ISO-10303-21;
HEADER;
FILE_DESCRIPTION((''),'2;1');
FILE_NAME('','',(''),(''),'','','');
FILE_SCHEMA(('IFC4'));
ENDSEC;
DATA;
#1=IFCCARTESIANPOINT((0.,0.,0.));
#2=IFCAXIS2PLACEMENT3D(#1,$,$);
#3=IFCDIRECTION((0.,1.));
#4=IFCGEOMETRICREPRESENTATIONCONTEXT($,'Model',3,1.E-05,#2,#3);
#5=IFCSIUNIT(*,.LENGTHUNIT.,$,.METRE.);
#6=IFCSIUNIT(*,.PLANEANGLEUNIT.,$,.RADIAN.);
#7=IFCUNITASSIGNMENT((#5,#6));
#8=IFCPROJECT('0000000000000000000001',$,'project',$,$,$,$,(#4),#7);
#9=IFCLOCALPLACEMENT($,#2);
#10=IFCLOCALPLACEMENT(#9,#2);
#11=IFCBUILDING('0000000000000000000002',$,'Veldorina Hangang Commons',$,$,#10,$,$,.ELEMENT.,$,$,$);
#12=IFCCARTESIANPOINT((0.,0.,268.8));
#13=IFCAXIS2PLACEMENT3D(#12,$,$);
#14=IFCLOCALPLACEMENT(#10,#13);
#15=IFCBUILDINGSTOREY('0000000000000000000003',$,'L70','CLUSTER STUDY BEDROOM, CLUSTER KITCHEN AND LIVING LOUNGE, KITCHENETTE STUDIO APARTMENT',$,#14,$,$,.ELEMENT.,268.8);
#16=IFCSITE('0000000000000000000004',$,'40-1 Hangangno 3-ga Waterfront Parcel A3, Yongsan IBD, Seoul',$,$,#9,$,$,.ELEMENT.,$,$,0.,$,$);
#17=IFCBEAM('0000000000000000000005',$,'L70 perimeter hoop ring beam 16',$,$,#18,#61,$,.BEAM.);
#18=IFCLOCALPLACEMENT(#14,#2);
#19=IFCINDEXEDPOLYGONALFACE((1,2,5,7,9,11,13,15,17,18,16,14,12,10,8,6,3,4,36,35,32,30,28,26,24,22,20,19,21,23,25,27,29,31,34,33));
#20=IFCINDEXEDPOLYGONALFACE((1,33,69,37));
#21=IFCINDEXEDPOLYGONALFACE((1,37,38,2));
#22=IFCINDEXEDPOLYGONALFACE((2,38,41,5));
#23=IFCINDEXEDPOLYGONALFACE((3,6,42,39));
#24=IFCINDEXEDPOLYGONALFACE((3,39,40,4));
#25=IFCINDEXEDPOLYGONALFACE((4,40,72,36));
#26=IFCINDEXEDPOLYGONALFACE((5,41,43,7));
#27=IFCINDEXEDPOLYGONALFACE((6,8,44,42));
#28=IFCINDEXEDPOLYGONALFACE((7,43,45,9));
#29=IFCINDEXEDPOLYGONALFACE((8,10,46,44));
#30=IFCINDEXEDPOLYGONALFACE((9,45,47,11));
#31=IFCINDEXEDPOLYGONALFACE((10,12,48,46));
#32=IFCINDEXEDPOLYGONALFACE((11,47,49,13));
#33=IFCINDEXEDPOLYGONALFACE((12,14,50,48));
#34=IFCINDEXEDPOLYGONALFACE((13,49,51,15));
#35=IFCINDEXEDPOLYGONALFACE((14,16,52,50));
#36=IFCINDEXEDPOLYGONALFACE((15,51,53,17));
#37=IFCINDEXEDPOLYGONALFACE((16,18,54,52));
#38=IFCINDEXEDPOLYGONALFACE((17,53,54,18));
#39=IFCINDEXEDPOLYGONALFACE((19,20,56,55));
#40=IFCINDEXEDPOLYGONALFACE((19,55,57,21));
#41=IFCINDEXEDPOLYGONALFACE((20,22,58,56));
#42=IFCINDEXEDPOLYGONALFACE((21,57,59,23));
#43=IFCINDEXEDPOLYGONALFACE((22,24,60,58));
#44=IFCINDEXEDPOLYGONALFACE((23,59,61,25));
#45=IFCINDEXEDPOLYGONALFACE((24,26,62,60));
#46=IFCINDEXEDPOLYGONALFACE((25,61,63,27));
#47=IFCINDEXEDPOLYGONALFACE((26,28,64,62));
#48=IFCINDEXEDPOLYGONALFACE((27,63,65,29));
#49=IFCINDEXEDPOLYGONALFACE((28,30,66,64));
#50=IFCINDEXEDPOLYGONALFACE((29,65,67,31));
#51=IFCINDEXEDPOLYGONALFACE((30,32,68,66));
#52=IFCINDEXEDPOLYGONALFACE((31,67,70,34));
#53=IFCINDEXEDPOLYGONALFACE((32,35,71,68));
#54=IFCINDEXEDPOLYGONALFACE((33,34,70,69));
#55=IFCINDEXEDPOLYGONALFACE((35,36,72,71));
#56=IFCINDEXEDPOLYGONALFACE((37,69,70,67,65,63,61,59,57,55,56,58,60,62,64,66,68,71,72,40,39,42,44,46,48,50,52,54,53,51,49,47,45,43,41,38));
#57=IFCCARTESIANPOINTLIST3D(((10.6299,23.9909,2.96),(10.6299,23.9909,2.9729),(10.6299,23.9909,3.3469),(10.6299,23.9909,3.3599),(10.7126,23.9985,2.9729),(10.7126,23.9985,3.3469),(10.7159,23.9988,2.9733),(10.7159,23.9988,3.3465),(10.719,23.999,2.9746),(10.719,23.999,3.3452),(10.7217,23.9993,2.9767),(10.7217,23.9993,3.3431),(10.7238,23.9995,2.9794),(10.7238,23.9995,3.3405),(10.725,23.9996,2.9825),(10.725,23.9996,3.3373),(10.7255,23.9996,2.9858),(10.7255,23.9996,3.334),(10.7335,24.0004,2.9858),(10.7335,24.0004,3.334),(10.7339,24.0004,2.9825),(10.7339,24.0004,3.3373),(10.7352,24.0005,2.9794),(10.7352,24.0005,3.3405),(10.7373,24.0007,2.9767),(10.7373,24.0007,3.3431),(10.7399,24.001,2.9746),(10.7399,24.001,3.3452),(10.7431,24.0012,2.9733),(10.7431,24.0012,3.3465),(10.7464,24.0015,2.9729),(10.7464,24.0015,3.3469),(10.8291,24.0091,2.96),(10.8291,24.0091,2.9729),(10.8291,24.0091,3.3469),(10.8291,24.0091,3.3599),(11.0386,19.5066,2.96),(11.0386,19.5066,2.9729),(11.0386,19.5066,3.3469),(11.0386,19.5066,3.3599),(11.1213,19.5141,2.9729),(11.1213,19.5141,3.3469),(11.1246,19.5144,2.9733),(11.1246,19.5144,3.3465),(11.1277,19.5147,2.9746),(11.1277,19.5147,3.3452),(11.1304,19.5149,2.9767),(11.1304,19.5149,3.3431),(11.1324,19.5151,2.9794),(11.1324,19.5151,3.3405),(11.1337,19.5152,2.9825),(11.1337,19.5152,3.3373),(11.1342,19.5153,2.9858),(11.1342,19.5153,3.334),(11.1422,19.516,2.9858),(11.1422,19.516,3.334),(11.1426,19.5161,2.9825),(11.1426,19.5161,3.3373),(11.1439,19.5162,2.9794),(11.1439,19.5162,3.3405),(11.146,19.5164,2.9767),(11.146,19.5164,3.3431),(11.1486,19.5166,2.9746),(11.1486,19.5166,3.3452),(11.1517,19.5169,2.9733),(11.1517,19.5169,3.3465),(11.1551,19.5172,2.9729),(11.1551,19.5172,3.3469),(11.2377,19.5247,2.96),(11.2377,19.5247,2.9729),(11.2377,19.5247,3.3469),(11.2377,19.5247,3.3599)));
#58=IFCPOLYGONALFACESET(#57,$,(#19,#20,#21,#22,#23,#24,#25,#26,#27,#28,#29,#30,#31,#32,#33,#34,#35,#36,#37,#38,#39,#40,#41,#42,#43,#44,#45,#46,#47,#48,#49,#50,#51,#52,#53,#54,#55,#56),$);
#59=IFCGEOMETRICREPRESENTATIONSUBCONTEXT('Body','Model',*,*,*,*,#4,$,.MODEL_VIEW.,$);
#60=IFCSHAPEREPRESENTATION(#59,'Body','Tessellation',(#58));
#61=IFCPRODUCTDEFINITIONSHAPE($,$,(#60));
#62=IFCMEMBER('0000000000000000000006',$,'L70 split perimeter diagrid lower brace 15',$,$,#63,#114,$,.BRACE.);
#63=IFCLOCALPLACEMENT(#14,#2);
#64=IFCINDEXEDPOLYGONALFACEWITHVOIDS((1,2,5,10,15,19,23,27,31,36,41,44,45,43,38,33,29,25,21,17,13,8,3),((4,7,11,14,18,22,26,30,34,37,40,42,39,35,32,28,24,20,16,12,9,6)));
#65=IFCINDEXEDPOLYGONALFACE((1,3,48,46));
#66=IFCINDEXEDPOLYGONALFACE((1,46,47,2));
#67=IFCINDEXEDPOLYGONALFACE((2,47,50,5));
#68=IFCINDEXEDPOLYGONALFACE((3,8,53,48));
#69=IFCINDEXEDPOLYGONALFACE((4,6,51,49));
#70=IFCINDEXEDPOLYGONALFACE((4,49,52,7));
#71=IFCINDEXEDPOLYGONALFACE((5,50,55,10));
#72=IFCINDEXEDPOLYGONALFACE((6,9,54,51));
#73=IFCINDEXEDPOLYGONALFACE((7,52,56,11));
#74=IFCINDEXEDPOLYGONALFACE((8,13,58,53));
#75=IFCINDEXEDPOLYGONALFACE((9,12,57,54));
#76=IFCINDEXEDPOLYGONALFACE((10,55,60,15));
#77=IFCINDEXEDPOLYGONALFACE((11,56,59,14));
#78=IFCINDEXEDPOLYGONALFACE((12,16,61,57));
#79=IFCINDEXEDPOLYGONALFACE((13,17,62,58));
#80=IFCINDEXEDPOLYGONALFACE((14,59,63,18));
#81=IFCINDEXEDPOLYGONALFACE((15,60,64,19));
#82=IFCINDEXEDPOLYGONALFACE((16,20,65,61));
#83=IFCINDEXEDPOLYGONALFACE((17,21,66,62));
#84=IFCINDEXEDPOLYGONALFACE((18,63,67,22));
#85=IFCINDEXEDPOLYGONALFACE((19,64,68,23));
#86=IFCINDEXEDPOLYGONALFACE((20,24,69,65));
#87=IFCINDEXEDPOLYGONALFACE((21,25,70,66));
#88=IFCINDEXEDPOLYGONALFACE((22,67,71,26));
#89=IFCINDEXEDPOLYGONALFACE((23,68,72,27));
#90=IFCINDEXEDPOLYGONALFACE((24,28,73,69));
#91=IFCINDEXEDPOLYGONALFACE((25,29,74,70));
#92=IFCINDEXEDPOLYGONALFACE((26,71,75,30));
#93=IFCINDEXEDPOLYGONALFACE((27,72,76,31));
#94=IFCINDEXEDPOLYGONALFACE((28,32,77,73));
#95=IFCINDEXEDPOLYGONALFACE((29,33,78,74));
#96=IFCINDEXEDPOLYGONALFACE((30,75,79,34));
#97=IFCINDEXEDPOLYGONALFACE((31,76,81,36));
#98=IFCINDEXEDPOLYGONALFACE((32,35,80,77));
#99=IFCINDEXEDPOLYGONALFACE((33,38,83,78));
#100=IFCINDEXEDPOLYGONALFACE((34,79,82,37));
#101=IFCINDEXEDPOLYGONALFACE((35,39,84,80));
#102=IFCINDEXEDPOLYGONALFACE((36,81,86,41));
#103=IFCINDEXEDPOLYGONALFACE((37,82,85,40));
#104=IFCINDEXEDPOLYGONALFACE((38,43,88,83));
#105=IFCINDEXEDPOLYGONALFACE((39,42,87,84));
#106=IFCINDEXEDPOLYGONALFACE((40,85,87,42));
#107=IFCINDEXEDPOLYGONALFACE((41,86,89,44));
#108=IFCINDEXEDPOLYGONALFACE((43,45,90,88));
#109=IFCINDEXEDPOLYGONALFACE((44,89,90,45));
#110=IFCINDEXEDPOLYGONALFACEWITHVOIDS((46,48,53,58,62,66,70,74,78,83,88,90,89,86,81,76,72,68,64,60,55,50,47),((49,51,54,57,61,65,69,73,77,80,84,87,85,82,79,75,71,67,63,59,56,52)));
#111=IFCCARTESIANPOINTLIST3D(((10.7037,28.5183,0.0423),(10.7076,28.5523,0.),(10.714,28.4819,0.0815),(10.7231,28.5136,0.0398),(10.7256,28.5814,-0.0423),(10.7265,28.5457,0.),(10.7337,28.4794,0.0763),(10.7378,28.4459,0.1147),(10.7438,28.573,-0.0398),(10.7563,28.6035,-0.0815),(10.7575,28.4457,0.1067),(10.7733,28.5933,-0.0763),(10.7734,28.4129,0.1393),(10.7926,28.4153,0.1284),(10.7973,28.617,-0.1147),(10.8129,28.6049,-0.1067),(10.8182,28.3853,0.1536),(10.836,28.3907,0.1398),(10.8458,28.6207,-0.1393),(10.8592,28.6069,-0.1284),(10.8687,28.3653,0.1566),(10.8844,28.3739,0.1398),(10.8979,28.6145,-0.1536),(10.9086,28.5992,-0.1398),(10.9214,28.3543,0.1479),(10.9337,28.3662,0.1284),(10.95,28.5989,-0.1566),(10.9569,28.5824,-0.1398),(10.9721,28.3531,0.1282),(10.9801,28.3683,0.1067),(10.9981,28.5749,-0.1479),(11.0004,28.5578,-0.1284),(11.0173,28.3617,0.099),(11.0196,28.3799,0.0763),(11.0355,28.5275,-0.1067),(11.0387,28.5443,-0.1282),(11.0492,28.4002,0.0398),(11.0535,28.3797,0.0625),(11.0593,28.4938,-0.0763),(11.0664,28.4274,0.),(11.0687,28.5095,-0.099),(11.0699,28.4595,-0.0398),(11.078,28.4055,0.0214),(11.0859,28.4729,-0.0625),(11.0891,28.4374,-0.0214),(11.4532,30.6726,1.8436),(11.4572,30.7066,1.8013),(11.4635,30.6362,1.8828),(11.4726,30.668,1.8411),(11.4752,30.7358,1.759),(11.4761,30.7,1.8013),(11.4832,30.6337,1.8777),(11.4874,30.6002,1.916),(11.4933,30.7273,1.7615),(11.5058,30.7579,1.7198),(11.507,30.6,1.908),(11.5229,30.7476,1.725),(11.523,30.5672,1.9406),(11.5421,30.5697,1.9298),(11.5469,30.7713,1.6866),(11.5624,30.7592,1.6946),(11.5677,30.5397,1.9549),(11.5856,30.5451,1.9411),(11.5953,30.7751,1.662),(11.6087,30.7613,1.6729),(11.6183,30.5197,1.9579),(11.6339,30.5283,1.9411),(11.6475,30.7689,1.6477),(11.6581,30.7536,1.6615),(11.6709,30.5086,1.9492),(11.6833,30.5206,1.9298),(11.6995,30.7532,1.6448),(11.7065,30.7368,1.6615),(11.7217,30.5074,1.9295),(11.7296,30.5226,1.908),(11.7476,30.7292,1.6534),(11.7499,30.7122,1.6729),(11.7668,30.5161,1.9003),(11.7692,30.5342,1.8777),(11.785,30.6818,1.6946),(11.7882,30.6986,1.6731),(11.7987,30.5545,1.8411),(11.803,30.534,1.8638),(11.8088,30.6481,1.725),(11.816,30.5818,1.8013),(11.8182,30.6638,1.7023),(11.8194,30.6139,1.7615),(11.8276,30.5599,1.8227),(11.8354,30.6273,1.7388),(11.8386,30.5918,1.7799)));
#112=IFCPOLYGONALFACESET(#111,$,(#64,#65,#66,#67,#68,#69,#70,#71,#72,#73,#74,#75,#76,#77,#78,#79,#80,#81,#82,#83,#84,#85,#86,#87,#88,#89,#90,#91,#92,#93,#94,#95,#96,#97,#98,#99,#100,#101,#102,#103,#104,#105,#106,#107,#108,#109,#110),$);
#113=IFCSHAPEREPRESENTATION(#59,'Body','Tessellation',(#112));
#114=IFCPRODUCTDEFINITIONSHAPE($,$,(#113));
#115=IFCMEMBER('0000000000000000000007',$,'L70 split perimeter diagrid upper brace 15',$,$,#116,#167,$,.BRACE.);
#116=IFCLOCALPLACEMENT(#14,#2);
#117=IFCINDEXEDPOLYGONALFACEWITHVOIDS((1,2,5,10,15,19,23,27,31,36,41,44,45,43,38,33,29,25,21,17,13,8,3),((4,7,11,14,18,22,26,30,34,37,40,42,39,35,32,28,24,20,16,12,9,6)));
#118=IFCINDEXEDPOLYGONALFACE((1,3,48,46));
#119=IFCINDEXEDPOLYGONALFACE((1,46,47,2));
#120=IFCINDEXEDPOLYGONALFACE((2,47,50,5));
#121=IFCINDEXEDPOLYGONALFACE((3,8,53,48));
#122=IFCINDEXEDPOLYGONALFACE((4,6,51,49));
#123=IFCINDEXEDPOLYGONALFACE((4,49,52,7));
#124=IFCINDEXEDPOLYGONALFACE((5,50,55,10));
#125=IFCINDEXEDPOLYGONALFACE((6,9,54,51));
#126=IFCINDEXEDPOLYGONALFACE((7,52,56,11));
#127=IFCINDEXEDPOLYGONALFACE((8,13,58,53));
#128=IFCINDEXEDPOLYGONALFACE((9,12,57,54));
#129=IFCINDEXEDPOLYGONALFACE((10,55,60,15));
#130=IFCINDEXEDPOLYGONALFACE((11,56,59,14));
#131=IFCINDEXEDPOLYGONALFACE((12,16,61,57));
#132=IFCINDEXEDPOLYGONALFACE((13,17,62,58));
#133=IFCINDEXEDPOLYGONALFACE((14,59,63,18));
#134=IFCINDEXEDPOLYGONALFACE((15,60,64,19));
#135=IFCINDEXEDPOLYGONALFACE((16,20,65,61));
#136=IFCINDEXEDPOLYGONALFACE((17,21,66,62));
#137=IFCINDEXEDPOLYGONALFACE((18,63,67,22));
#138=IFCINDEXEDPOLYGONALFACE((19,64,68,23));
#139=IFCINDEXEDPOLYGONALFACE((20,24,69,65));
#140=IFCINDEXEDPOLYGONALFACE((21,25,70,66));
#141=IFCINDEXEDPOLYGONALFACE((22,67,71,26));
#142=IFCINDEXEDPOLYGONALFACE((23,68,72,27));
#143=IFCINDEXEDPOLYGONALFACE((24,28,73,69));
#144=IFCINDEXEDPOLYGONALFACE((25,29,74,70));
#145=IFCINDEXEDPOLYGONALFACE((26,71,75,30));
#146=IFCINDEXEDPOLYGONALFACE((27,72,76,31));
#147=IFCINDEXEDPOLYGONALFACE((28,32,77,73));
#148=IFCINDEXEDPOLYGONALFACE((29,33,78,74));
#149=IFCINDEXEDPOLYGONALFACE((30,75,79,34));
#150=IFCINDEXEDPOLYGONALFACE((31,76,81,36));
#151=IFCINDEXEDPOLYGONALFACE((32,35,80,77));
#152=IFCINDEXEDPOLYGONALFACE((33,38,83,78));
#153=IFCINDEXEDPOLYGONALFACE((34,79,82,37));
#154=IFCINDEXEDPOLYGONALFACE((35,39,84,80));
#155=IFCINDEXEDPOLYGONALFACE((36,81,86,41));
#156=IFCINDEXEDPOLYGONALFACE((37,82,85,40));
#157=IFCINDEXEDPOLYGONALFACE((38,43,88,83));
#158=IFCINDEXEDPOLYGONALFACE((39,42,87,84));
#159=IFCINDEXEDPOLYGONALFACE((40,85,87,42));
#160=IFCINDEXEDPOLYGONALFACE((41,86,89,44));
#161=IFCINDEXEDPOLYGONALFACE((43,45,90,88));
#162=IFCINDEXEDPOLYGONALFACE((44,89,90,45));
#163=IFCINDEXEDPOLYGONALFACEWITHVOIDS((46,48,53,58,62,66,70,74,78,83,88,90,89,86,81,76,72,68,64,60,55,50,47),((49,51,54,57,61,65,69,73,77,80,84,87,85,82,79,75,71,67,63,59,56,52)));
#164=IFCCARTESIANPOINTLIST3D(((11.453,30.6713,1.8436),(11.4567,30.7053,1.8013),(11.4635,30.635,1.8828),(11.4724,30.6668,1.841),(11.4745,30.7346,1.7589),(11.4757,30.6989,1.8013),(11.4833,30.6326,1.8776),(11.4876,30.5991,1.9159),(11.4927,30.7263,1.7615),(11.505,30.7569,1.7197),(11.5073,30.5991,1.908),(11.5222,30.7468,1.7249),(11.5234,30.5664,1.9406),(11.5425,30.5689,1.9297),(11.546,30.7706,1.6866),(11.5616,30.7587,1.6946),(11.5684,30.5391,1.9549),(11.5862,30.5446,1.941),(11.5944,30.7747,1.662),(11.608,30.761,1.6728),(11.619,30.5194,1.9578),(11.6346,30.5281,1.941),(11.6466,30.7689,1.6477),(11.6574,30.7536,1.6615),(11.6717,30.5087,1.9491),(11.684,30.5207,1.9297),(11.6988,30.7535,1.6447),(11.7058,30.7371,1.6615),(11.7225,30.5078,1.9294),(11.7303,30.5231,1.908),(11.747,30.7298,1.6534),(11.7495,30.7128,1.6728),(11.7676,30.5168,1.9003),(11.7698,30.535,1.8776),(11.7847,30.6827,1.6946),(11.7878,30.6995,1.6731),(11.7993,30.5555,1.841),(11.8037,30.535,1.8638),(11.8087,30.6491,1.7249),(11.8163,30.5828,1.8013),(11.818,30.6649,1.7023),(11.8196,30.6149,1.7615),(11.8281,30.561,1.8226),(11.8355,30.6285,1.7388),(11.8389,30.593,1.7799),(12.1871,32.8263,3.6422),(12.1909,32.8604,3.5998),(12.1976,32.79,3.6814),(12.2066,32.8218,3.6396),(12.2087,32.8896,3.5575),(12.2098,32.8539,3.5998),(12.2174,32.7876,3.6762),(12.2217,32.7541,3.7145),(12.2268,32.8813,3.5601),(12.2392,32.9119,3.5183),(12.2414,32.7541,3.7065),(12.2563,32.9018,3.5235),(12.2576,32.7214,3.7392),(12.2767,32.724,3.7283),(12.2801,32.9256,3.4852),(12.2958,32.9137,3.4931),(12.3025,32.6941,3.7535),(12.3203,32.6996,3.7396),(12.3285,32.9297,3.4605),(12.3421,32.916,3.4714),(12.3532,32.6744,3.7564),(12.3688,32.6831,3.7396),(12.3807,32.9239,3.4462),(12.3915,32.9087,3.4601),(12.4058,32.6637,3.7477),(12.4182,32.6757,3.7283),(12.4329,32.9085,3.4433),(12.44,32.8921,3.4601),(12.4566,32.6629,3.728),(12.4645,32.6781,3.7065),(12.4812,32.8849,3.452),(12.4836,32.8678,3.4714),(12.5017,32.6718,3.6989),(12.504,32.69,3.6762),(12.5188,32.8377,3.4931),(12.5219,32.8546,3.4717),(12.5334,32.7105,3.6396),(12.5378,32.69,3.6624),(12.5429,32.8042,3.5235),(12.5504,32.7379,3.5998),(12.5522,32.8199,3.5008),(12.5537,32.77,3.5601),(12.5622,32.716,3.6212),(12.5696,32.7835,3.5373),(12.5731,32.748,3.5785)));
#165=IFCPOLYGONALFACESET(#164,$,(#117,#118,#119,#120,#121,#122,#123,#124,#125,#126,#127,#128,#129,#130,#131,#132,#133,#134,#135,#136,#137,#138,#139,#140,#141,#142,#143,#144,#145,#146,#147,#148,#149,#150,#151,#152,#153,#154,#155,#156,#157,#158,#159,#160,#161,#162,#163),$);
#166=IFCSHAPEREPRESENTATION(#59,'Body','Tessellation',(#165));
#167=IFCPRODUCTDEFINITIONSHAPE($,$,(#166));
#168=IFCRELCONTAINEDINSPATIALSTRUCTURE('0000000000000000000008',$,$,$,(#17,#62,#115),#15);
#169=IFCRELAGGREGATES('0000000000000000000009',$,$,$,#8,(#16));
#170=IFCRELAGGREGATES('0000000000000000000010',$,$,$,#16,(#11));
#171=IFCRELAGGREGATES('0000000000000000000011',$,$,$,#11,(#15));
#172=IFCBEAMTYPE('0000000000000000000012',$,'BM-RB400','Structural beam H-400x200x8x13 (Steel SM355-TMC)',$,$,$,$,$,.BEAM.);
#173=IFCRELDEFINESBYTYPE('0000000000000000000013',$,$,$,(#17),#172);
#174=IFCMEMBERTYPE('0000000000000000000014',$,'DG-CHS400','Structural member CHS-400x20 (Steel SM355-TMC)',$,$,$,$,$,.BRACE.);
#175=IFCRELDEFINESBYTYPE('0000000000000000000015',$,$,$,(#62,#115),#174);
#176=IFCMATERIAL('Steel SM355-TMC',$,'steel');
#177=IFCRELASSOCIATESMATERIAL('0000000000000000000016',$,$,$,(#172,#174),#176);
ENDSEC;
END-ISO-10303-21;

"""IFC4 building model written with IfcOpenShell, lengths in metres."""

from ifc_helpers import new_model, si_unit, direction, frame, origin, origin_2d, place, context, subcontext, project, spatial, hollow_circle, i_section, extrude, material, material_profile, profile_set, type_object, element, save


model = new_model("IFC4")

# Units and contexts
model_context = context("Model", 3, precision=1e-05, world=origin(), true_north=direction((0.0, 1.0)))
body_context = subcontext(model_context, "Body", "Model", "MODEL_VIEW")
ifc_project = project(units=[si_unit("LENGTHUNIT", "METRE"), si_unit("PLANEANGLEUNIT", "RADIAN")], contexts=[model_context])

# Site, building, storey
site_placement = place(None, origin())
site = spatial("IfcSite", under=ifc_project, at=site_placement, Name="40-1 Hangangno 3-ga Waterfront Parcel A3, Yongsan IBD, Seoul", CompositionType="ELEMENT", RefElevation=0.0)
building_placement = place(site_placement, origin())
building = spatial("IfcBuilding", under=site, at=building_placement, Name="Veldorina Hangang Commons", CompositionType="ELEMENT")
storey_placement = place(building_placement, frame((0.0, 0.0, 268.8)))
storey = spatial("IfcBuildingStorey", under=building, at=storey_placement, Name="L70", Description="CLUSTER STUDY BEDROOM, CLUSTER KITCHEN AND LIVING LOUNGE, KITCHENETTE STUDIO APARTMENT", CompositionType="ELEMENT", Elevation=268.8)

# Beam
ifc_material_1 = material(Name="Steel SM355-TMC", Category="steel")
ifc_material_profile_1 = material_profile(ifc_material_1, i_section(OverallWidth=0.2, OverallDepth=0.3999, WebThickness=0.0081, FlangeThickness=0.0129, FilletRadius=0.0129, at=origin_2d()), Name="H-400x200x8x13")
ifc_profile_set_1 = profile_set([ifc_material_profile_1], Name="Steel SM355-TMC")
beam_type_1 = type_object("IfcBeamType", Name="BM-RB400", Description="Structural beam H-400x200x8x13 (Steel SM355-TMC)", PredefinedType="BEAM", material=ifc_profile_set_1)
for number, where, z_axis, x_axis, name in (
    (1, (10.7295, 24.0, 3.1599), (0.090761, -0.995873, 0.0), (0.995873, 0.090761, 0.0), "L70 perimeter hoop ring beam 16"),
):
    element("IfcBeam", number, at=place(storey_placement, frame(where, z_axis=z_axis, x_axis=x_axis)), inside=storey, type_object=beam_type_1, Name=name, PredefinedType="BEAM", context=body_context, shape_type="SweptSolid", body=[
        extrude(i_section(OverallWidth=0.2, OverallDepth=0.3999, WebThickness=0.0081, FlangeThickness=0.0129, FilletRadius=0.0129, at=origin_2d()), origin(), (0.0, 0.0, 1.0), 4.5029),
    ])

# Members
ifc_material_profile_2 = material_profile(ifc_material_1, hollow_circle(Radius=0.2, WallThickness=0.02, at=origin_2d()), Name="CHS-400x20")
ifc_profile_set_2 = profile_set([ifc_material_profile_2], Name="Steel SM355-TMC")
member_type_1 = type_object("IfcMemberType", Name="DG-CHS400", Description="Structural member CHS-400x20 (Steel SM355-TMC)", PredefinedType="BRACE", material=ifc_profile_set_2)
member_1_placement = place(storey_placement, frame((10.8965, 28.4866, 0.0), z_axis=(0.257881, 0.741218, 0.619753), x_axis=(-0.944471, 0.328595, 0.0)))
element("IfcMember", 2, at=member_1_placement, inside=storey, type_object=member_type_1, Name="L70 split perimeter diagrid lower brace 15", PredefinedType="BRACE", context=body_context, shape_type="SweptSolid", body=[
    extrude(hollow_circle(Radius=0.2, WallThickness=0.02, at=origin_2d()), origin(), (0.0, 0.0, 1.0), 2.9065),
])
member_2_placement = place(storey_placement, frame((11.646, 30.6409, 1.8013), z_axis=(0.253028, 0.74276, 0.619906), x_axis=(-0.946582, 0.322462, 0.0)))
element("IfcMember", 3, at=member_2_placement, inside=storey, type_object=member_type_1, Name="L70 split perimeter diagrid upper brace 15", PredefinedType="BRACE", context=body_context, shape_type="SweptSolid", body=[
    extrude(hollow_circle(Radius=0.2, WallThickness=0.02, at=origin_2d()), origin(), (0.0, 0.0, 1.0), 2.9014),
])

save(model, "model.ifc")
